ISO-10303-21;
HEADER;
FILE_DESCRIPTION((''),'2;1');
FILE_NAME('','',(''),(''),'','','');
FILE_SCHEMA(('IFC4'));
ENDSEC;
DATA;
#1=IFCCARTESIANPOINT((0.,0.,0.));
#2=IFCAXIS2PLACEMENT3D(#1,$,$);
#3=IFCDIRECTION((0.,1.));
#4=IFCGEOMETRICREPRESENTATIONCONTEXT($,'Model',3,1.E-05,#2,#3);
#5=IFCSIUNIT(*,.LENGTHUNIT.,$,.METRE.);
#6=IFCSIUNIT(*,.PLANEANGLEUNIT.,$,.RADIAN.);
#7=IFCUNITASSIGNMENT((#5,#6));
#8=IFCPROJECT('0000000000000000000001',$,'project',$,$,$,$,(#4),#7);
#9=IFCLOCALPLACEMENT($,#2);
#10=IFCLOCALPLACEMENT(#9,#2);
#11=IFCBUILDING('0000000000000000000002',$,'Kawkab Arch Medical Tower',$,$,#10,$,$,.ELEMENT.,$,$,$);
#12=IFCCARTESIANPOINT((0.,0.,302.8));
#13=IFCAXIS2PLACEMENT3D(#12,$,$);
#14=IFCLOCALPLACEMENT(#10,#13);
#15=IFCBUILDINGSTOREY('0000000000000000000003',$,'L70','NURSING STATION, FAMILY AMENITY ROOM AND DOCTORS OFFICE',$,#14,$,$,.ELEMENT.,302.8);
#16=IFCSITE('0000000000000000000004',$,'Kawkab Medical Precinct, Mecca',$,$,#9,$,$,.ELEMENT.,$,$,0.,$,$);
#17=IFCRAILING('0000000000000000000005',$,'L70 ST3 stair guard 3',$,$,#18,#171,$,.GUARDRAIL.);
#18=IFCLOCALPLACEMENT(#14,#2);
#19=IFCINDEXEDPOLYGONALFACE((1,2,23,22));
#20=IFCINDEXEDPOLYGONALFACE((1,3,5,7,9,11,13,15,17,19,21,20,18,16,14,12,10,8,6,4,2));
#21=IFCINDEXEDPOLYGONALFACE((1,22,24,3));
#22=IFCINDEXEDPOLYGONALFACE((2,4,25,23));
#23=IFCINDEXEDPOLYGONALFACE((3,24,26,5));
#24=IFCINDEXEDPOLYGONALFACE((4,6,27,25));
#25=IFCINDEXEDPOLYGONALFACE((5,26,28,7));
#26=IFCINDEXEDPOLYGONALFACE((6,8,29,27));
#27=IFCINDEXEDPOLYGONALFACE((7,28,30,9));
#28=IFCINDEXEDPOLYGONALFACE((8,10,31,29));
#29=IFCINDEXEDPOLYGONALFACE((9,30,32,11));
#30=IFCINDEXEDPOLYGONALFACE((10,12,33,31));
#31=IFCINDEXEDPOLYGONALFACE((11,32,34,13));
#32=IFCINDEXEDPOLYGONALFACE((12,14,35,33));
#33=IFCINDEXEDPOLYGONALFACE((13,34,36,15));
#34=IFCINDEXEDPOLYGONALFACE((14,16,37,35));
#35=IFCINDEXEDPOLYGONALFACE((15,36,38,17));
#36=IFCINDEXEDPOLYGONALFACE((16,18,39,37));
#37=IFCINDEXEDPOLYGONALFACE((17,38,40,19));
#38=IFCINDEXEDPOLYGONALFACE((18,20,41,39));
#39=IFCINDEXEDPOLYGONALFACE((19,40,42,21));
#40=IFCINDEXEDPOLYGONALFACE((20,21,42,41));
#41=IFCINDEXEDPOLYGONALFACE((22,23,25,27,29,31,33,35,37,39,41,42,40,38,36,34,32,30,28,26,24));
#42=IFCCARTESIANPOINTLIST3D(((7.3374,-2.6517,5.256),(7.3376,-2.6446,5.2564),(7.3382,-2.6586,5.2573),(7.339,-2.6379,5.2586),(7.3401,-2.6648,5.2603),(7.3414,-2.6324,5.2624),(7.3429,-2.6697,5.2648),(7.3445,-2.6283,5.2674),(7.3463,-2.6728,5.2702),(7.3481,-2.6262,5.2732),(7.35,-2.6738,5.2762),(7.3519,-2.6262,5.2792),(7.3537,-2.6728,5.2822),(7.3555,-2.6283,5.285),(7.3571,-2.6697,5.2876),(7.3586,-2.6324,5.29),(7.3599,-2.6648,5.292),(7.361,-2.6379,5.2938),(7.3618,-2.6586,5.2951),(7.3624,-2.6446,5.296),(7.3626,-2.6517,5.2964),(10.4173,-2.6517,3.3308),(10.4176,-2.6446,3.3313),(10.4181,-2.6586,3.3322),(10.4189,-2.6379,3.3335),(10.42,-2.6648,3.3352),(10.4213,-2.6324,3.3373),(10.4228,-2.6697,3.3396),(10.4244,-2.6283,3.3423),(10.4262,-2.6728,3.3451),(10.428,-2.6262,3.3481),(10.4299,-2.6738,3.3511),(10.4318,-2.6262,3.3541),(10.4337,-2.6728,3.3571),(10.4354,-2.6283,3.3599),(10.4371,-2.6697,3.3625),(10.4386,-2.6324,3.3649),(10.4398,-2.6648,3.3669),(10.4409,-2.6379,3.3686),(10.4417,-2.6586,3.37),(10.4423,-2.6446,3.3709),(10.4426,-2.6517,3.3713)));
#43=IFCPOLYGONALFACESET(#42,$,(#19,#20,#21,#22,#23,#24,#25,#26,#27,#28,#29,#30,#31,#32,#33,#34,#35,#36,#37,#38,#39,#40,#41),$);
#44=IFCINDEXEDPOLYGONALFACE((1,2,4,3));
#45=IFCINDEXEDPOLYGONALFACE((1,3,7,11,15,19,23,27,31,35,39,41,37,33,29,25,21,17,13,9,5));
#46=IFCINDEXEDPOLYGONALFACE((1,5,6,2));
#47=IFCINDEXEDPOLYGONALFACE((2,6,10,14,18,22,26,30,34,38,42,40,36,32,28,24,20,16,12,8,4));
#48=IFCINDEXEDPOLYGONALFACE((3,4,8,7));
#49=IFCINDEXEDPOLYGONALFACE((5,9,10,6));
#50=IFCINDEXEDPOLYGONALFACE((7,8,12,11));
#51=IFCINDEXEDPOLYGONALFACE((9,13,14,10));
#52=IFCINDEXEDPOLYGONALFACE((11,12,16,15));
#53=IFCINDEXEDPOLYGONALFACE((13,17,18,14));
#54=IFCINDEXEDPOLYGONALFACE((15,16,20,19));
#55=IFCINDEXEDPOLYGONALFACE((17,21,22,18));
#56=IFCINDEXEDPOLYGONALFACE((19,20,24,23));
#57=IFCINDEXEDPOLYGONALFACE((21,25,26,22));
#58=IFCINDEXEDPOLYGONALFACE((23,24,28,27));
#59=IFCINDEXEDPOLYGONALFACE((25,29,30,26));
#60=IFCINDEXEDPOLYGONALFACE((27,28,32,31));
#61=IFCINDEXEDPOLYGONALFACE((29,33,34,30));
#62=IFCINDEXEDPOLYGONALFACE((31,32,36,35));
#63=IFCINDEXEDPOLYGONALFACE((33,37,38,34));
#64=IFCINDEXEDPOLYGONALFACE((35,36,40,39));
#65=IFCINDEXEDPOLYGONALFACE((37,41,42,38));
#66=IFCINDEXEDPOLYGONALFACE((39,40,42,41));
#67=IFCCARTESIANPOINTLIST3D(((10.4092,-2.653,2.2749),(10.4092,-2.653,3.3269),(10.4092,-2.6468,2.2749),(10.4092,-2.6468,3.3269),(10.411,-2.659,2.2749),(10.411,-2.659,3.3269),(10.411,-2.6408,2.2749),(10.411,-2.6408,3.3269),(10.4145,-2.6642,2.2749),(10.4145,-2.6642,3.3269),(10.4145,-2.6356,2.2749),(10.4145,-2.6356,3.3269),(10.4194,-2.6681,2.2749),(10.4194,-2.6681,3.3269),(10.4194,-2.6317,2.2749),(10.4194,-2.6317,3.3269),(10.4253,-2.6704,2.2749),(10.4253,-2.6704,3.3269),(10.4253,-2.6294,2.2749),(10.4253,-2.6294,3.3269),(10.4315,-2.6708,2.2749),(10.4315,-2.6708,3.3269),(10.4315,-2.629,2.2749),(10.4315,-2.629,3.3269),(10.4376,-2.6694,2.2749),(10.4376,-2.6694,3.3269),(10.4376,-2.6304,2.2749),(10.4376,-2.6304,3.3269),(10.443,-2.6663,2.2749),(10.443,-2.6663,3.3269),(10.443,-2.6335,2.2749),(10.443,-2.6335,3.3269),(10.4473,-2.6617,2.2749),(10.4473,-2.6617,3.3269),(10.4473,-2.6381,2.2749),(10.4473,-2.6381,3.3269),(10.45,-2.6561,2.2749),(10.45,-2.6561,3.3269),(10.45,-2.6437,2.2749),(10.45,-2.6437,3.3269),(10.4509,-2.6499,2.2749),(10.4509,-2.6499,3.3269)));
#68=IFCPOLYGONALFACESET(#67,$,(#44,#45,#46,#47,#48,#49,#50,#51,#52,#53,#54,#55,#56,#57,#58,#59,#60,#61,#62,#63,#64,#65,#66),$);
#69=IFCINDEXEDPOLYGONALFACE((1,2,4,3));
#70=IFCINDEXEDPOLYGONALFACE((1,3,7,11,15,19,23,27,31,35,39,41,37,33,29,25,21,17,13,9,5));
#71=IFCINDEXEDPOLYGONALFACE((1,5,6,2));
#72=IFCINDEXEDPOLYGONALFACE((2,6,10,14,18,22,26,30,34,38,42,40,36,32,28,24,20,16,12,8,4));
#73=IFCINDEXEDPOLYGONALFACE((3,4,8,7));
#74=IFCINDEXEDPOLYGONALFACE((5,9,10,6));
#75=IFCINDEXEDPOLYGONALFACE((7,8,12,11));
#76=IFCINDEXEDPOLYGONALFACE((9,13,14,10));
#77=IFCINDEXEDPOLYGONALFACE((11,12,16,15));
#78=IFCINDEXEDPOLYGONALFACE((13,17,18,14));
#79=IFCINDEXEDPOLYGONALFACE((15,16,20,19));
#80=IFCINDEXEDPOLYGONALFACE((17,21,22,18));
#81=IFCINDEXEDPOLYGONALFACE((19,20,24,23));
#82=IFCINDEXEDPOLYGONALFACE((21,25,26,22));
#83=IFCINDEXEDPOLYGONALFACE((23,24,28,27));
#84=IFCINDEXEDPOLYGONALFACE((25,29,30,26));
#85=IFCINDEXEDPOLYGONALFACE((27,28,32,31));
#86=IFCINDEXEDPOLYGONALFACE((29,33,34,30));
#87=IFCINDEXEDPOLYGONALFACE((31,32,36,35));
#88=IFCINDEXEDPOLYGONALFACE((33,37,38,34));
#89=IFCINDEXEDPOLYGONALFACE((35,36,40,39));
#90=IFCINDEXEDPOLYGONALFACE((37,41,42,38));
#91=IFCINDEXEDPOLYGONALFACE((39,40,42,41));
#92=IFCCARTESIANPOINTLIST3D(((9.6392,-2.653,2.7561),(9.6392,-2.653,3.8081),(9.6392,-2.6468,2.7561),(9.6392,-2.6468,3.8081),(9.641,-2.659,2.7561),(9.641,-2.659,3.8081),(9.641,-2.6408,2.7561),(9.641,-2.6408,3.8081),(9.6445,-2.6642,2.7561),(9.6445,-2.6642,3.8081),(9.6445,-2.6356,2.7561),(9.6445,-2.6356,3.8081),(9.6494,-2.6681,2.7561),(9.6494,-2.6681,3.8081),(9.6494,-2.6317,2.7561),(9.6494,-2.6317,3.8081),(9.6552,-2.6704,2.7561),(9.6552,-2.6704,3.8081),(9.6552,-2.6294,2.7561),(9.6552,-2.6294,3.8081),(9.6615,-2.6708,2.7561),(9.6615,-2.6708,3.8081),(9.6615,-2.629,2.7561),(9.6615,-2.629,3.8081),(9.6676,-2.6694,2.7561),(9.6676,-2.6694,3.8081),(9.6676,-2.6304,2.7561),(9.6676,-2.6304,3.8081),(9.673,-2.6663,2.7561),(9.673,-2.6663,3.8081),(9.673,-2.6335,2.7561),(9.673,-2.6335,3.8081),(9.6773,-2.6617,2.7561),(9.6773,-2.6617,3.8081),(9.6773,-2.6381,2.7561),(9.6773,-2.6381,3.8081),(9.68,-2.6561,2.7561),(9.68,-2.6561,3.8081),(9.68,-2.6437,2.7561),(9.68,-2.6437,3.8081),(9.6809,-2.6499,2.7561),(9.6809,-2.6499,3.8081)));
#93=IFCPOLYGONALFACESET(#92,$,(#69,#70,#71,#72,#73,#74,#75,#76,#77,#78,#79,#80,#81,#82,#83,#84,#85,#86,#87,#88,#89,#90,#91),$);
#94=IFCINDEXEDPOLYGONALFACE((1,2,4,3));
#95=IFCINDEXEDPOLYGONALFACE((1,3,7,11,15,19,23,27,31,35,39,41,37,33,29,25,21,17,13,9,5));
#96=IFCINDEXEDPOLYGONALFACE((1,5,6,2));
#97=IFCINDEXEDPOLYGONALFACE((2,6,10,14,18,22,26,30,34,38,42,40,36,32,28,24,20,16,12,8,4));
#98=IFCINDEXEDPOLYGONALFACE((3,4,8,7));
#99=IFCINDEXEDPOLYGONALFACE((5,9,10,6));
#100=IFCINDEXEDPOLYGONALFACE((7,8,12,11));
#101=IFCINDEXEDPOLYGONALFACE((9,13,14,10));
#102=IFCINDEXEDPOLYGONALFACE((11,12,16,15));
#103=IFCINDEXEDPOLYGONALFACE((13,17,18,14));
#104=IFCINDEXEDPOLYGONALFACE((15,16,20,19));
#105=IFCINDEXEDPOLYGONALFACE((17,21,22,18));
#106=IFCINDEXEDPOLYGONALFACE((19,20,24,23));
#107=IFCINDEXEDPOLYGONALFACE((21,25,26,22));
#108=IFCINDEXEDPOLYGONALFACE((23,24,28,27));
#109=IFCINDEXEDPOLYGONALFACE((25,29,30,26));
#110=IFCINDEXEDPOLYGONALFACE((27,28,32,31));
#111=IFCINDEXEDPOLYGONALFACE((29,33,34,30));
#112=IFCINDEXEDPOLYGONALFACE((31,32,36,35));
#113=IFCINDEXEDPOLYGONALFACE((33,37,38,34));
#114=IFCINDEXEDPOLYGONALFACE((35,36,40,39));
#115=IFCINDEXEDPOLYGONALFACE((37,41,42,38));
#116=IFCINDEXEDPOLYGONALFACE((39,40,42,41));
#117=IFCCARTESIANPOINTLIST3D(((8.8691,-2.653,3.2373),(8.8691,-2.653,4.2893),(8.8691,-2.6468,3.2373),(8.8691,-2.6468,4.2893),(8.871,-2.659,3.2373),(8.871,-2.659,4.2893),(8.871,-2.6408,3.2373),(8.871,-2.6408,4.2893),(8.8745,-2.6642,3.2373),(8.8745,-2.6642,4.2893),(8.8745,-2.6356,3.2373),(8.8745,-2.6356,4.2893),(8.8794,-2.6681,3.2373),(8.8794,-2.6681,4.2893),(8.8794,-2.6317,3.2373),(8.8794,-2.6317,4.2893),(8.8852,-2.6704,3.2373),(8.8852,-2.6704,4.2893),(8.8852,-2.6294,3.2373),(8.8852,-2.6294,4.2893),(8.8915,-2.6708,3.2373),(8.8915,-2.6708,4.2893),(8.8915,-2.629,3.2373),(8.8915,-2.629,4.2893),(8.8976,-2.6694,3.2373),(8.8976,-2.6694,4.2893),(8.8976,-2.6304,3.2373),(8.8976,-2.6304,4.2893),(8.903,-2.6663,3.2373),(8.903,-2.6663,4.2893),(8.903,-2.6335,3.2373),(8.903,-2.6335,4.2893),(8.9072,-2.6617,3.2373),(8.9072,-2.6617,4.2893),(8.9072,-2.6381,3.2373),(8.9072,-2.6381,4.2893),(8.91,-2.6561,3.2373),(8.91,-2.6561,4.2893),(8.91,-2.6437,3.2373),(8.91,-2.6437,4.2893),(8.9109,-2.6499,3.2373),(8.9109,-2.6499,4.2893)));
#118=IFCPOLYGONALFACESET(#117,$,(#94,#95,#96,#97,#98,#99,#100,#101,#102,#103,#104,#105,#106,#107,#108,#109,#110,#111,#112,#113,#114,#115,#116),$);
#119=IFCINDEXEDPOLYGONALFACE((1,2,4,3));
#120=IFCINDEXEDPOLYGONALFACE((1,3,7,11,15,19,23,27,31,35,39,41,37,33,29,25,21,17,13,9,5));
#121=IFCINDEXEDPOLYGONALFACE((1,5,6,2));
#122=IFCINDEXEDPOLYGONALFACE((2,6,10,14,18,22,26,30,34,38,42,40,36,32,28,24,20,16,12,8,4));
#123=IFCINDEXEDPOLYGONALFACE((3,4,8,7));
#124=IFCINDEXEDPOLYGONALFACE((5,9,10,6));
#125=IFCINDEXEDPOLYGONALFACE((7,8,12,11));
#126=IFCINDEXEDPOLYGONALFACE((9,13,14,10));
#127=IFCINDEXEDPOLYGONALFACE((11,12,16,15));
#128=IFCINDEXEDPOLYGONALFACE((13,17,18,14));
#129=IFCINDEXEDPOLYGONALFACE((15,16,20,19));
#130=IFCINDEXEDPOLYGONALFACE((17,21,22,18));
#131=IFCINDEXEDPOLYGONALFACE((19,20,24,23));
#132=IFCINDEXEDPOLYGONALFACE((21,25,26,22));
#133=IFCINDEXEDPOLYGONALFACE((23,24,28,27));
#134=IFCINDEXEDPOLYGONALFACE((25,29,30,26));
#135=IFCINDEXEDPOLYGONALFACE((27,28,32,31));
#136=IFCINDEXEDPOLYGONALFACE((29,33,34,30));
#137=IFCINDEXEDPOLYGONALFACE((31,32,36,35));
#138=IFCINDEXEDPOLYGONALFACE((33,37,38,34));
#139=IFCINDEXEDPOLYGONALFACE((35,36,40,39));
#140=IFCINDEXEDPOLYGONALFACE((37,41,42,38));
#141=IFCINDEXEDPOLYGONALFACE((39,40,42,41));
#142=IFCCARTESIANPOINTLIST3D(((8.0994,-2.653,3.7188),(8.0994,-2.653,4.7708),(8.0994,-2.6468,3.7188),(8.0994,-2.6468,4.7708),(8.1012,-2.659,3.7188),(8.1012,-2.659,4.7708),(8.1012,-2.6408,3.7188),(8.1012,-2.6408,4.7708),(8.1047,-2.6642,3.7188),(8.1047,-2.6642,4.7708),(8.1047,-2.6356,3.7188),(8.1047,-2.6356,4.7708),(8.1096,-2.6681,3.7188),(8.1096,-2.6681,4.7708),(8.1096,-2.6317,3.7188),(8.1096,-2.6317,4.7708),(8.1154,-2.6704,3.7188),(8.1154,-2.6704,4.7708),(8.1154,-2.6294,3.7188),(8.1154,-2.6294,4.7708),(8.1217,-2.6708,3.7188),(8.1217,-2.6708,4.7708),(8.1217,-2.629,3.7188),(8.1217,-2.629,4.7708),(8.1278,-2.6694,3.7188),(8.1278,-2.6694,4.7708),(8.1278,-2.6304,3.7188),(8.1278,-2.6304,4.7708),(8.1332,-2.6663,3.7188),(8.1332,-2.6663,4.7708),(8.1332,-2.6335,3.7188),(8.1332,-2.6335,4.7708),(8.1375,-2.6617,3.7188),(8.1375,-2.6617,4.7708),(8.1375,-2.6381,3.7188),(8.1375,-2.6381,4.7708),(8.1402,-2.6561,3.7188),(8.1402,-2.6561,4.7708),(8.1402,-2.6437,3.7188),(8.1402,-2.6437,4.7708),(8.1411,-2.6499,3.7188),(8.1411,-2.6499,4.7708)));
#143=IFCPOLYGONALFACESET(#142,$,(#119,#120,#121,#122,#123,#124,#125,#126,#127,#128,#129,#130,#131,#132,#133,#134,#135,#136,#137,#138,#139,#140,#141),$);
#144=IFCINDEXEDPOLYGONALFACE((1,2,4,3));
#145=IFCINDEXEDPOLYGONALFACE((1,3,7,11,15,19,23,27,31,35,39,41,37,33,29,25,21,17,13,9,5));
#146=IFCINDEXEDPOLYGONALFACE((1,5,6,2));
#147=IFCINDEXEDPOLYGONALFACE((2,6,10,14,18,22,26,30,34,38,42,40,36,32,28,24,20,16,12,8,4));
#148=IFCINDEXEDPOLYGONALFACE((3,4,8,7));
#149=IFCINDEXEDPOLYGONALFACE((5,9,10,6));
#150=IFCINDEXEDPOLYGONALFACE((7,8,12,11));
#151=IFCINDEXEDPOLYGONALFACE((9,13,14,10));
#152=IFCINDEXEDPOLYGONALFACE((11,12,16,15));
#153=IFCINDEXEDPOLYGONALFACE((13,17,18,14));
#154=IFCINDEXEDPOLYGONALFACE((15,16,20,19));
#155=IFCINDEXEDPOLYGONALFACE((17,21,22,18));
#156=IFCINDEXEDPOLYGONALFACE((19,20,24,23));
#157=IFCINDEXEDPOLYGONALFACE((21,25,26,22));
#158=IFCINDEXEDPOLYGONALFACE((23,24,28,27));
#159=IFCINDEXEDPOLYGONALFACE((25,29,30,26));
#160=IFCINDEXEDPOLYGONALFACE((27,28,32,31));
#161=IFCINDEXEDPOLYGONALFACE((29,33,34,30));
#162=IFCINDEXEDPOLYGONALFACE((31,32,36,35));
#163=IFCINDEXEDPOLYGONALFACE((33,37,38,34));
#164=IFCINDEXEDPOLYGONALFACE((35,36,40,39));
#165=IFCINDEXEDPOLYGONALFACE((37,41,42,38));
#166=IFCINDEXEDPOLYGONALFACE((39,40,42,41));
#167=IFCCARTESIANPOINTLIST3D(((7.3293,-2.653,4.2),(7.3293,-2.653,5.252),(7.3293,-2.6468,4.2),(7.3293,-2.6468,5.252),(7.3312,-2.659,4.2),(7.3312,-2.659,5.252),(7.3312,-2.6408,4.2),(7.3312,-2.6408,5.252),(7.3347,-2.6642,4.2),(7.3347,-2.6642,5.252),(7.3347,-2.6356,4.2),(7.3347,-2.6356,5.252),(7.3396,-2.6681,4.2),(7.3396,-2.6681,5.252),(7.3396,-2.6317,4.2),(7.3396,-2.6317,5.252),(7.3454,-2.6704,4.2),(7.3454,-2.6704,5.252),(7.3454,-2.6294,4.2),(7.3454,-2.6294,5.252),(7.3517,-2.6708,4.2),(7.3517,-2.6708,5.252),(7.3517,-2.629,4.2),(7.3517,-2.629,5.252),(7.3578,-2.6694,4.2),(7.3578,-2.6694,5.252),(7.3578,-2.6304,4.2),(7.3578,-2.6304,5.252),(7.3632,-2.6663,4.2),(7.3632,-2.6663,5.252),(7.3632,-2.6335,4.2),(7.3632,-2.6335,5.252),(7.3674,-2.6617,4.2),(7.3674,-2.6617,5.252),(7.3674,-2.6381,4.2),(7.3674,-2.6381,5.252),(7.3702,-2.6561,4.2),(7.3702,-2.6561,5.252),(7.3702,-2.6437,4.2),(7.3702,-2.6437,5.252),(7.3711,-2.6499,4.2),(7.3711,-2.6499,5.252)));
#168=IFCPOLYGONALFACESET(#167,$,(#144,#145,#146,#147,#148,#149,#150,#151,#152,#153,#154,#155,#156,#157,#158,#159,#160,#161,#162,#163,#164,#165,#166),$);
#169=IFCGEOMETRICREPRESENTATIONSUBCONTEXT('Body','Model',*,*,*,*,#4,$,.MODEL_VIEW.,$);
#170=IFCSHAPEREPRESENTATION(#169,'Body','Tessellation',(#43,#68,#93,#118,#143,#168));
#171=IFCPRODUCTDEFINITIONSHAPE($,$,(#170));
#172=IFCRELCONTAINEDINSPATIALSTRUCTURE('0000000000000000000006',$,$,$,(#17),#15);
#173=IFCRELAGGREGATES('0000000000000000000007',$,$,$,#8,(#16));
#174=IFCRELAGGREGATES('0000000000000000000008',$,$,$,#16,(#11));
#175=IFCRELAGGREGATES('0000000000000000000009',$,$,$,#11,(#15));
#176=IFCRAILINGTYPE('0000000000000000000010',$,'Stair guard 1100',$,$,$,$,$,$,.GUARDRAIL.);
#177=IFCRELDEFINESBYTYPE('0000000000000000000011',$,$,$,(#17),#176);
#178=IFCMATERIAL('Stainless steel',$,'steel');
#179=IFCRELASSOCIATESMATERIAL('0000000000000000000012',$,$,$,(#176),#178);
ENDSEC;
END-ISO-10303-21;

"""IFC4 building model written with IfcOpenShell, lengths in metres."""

from ifc_helpers import new_model, si_unit, direction, frame, origin, origin_2d, place, context, subcontext, project, spatial, circle, extrude, material, type_object, element, save


model = new_model("IFC4")

# Units and contexts
model_context = context("Model", 3, precision=1e-05, world=origin(), true_north=direction((0.0, 1.0)))
body_context = subcontext(model_context, "Body", "Model", "MODEL_VIEW")
ifc_project = project(units=[si_unit("LENGTHUNIT", "METRE"), si_unit("PLANEANGLEUNIT", "RADIAN")], contexts=[model_context])

# Site, building, storey
site_placement = place(None, origin())
site = spatial("IfcSite", under=ifc_project, at=site_placement, Name="Kawkab Medical Precinct, Mecca", CompositionType="ELEMENT", RefElevation=0.0)
building_placement = place(site_placement, origin())
building = spatial("IfcBuilding", under=site, at=building_placement, Name="Kawkab Arch Medical Tower", CompositionType="ELEMENT")
storey_placement = place(building_placement, frame((0.0, 0.0, 302.8)))
storey = spatial("IfcBuildingStorey", under=building, at=storey_placement, Name="L70", Description="NURSING STATION, FAMILY AMENITY ROOM AND DOCTORS OFFICE", CompositionType="ELEMENT", Elevation=302.8)

# Railing
ifc_material_1 = material(Name="Stainless steel", Category="steel")
railing_type_1 = type_object("IfcRailingType", Name="Stair guard 1100", PredefinedType="GUARDRAIL", material=ifc_material_1)
railing_1_placement = place(storey_placement, frame((10.4299, -2.6499, 2.2749)))
element("IfcRailing", 1, at=railing_1_placement, inside=storey, type_object=railing_type_1, Name="L70 ST3 stair guard 3", PredefinedType="GUARDRAIL", context=body_context, shape_type="SweptSolid", body=[
    extrude(circle(Radius=0.0239, at=origin_2d()), frame((0.0, 0.0, 1.0762), z_axis=(-0.847979, 0.0, 0.530029), x_axis=(0.0, -1.0, 0.0)), (0.0, 0.0, 1.0), 3.6321),
    extrude(circle(Radius=0.021, at=origin_2d()), origin(), (0.0, 0.0, 1.0), 1.052),
    extrude(circle(Radius=0.021, at=origin_2d()), frame((-0.77, 0.0, 0.4812)), (0.0, 0.0, 1.0), 1.052),
    extrude(circle(Radius=0.021, at=origin_2d()), frame((-1.54, 0.0, 0.9624)), (0.0, 0.0, 1.0), 1.052),
    extrude(circle(Radius=0.021, at=origin_2d()), frame((-2.3098, 0.0, 1.4438)), (0.0, 0.0, 1.0), 1.052),
    extrude(circle(Radius=0.021, at=origin_2d()), frame((-3.0798, 0.0, 1.925)), (0.0, 0.0, 1.0), 1.052),
])

save(model, "model.ifc")
